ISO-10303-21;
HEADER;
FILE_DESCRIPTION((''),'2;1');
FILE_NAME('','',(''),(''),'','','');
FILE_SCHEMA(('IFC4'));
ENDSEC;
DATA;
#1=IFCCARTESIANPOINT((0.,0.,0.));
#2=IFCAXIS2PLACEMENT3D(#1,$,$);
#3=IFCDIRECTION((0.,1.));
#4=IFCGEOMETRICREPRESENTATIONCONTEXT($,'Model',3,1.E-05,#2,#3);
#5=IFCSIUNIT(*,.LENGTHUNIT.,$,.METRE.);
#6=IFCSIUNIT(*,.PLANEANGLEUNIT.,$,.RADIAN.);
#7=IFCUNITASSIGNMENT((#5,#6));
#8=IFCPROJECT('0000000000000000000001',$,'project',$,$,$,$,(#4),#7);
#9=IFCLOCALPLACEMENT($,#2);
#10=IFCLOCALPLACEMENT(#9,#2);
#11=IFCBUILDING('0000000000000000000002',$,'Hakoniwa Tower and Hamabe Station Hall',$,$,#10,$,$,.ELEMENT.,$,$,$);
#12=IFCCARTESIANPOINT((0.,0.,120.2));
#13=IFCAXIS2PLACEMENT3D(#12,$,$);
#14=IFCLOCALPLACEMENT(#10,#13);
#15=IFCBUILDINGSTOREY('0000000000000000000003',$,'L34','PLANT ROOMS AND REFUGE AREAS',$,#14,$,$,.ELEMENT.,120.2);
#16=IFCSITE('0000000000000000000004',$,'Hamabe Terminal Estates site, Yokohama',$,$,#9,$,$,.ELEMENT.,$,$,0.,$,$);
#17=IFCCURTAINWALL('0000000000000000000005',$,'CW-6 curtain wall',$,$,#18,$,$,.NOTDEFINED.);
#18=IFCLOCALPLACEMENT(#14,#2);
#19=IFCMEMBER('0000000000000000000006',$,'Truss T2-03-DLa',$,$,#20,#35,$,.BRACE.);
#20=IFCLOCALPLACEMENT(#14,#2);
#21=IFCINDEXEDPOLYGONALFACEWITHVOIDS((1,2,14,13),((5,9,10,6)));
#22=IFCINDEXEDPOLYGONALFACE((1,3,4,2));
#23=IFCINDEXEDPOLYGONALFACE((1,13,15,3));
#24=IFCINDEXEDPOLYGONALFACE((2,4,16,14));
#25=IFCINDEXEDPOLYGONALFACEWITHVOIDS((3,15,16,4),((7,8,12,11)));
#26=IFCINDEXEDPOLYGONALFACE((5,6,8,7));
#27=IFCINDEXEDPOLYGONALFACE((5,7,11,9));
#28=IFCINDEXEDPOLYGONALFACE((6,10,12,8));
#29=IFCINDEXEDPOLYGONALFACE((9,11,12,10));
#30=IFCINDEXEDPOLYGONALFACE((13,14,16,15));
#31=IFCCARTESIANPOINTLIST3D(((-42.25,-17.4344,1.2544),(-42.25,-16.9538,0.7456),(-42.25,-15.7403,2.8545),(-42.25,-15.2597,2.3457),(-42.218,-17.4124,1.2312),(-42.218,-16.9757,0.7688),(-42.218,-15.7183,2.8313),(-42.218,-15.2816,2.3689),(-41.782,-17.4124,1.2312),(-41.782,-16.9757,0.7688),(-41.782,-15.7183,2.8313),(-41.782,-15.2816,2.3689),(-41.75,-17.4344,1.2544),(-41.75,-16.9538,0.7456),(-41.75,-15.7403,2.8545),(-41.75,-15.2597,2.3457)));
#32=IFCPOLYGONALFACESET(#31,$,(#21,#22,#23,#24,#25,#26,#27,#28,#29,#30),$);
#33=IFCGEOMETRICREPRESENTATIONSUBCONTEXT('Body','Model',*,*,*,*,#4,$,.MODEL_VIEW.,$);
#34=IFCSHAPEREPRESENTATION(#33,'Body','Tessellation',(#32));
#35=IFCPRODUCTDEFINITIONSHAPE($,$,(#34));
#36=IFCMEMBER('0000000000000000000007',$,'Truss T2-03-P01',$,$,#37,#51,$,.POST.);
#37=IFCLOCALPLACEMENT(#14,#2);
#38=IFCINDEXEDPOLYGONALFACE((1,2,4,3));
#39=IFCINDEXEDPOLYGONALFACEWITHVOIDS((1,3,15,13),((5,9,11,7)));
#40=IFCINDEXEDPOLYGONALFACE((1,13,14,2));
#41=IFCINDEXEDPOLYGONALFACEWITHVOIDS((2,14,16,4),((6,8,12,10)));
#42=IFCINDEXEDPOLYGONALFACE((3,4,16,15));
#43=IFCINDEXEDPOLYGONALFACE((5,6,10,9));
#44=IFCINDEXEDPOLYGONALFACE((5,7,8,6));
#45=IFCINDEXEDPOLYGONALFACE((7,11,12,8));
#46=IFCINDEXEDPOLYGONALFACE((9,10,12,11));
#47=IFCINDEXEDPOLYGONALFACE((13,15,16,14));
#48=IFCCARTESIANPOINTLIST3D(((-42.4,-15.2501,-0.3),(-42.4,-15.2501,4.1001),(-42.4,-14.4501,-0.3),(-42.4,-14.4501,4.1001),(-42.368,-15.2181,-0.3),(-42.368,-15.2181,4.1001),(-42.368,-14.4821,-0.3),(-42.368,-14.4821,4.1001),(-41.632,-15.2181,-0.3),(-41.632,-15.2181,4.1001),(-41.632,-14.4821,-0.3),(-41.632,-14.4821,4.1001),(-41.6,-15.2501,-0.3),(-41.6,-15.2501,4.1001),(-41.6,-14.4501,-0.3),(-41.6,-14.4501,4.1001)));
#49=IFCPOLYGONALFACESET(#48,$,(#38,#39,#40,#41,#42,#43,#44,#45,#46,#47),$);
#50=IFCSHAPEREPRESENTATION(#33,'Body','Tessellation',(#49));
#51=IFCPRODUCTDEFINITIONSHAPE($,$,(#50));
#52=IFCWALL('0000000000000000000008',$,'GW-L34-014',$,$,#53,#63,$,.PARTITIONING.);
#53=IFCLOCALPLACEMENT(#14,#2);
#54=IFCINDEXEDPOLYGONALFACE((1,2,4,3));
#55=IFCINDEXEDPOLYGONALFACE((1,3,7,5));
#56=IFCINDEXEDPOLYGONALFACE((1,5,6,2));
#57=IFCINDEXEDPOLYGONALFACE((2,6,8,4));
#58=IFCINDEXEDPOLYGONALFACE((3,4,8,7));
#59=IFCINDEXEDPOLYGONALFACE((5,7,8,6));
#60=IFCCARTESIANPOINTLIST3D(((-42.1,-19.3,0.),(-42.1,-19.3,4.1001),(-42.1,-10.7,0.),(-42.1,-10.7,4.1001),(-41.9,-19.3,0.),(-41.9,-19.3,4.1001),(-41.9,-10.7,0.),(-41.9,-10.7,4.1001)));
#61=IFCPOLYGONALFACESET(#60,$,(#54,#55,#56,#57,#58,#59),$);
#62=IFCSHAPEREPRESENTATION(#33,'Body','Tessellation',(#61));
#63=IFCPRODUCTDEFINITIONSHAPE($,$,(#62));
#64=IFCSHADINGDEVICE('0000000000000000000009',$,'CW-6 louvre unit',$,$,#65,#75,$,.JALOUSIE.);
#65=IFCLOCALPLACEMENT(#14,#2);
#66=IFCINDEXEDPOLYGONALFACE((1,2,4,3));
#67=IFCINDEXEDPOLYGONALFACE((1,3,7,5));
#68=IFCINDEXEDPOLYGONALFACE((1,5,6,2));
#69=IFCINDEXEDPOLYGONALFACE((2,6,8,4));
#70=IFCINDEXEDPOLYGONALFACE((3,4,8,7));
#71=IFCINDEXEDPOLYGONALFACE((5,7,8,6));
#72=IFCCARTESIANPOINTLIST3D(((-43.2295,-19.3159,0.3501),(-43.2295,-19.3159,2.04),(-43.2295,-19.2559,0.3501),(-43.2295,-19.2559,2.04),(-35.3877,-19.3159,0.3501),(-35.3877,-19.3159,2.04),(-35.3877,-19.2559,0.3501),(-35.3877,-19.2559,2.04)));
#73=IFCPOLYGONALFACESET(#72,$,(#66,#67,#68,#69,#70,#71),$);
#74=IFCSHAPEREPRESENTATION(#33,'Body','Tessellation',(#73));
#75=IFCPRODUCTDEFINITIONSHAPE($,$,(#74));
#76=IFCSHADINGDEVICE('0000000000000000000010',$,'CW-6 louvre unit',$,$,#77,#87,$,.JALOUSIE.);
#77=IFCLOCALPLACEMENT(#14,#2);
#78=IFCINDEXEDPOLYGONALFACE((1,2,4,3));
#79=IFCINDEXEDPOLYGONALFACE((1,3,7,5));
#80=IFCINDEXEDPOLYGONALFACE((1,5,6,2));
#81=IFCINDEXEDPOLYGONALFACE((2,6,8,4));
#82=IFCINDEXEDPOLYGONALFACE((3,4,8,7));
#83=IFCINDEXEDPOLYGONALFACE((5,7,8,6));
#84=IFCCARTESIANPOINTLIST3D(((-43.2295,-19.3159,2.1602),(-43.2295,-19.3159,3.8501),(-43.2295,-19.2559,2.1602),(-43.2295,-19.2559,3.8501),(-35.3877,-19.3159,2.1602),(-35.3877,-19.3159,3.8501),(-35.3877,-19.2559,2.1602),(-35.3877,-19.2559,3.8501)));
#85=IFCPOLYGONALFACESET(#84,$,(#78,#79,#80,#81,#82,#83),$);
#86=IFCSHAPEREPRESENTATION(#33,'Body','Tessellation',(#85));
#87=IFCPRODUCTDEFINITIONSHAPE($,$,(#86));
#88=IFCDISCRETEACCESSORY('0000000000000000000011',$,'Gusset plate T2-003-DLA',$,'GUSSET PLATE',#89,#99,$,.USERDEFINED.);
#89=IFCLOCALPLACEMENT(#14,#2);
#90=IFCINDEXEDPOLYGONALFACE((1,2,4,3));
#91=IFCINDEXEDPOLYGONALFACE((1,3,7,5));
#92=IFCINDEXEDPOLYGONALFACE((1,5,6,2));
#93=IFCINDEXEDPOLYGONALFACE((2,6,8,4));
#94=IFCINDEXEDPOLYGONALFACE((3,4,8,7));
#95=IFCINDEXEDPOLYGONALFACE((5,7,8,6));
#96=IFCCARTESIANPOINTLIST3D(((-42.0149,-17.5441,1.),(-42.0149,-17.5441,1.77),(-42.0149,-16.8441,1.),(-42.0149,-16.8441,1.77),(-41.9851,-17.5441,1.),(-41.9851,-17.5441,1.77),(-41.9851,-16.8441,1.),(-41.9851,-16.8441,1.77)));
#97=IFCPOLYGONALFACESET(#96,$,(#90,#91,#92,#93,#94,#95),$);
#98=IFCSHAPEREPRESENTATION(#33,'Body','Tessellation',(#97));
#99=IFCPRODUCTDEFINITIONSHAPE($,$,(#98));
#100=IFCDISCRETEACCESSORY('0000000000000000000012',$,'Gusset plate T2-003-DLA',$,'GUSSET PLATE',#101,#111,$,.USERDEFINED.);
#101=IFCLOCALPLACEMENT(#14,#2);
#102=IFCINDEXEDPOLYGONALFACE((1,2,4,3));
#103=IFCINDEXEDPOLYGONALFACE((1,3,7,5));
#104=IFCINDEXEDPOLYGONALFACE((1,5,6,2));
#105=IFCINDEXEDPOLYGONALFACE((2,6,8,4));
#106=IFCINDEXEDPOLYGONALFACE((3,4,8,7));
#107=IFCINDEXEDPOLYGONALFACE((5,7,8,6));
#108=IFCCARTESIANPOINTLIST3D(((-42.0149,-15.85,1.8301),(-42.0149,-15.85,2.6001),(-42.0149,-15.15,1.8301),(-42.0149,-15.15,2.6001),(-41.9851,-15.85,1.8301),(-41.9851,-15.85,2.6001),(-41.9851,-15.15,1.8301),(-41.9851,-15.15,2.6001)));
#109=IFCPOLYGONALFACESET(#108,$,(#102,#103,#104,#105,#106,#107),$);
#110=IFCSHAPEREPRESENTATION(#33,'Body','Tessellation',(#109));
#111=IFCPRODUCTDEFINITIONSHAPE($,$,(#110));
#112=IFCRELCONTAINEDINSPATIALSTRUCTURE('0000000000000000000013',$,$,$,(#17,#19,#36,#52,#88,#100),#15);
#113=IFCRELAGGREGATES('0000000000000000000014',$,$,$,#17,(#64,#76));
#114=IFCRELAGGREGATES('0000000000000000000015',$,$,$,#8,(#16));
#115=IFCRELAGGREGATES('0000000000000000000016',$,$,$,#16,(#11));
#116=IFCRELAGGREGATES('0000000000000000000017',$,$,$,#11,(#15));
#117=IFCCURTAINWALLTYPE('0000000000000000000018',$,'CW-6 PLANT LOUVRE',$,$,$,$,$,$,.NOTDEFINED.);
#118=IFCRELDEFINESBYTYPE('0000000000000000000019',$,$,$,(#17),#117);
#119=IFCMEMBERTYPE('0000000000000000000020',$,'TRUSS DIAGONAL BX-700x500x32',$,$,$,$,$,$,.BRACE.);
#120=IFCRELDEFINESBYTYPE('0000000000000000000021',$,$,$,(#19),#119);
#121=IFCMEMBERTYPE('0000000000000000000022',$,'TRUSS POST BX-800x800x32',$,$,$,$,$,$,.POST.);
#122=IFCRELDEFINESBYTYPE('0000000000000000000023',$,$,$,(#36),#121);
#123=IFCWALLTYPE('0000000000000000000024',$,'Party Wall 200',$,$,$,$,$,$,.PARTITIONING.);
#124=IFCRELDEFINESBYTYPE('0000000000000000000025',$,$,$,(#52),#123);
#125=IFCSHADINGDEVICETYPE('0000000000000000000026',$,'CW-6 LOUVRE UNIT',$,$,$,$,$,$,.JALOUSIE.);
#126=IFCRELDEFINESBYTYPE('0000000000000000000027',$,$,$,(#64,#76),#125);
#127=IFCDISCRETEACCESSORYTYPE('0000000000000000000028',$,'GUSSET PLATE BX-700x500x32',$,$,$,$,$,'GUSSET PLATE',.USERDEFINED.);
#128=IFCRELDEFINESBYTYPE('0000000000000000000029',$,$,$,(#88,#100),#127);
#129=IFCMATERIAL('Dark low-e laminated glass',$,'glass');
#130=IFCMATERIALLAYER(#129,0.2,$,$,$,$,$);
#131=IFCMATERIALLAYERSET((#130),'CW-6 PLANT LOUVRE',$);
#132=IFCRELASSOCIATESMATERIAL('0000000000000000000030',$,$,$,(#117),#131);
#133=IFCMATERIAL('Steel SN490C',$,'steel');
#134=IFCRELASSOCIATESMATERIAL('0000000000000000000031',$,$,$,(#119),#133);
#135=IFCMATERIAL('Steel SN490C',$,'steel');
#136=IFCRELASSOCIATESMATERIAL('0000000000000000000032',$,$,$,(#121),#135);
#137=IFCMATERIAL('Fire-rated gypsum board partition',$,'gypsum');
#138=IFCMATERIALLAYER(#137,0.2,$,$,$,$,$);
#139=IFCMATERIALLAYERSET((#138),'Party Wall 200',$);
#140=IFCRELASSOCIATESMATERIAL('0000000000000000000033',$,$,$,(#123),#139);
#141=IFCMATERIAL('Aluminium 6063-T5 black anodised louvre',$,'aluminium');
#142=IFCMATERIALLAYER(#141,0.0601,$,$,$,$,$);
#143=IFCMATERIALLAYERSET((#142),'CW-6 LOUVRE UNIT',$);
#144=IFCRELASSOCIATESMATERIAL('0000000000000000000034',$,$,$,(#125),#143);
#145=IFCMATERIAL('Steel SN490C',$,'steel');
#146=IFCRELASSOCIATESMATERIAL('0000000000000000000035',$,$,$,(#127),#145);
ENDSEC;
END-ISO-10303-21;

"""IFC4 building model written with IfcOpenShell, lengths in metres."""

from ifc_helpers import new_model, si_unit, direction, frame, frame_2d, origin, origin_2d, place, context, subcontext, project, spatial, rectangle, hollow_rectangle, extrude, material, layer, layer_set, material_profile, profile_set, type_object, element, aggregate, save


model = new_model("IFC4")

# Units and contexts
model_context = context("Model", 3, precision=1e-05, world=origin(), true_north=direction((0.0, 1.0)))
body_context = subcontext(model_context, "Body", "Model", "MODEL_VIEW")
ifc_project = project(units=[si_unit("LENGTHUNIT", "METRE"), si_unit("PLANEANGLEUNIT", "RADIAN")], contexts=[model_context])

# Site, building, storey
site_placement = place(None, origin())
site = spatial("IfcSite", under=ifc_project, at=site_placement, Name="Hamabe Terminal Estates site, Yokohama", CompositionType="ELEMENT", RefElevation=0.0)
building_placement = place(site_placement, origin())
building = spatial("IfcBuilding", under=site, at=building_placement, Name="Hakoniwa Tower and Hamabe Station Hall", CompositionType="ELEMENT")
storey_placement = place(building_placement, frame((0.0, 0.0, 120.2)))
storey = spatial("IfcBuildingStorey", under=building, at=storey_placement, Name="L34", Description="PLANT ROOMS AND REFUGE AREAS", CompositionType="ELEMENT", Elevation=120.2)

# Curtain wall
ifc_material_1 = material(Name="Dark low-e laminated glass", Category="glass")
ifc_layer_1 = layer(ifc_material_1, 0.2)
ifc_layer_set_1 = layer_set([ifc_layer_1], Name="CW-6 PLANT LOUVRE")
curtain_wall_type = type_object("IfcCurtainWallType", Name="CW-6 PLANT LOUVRE", PredefinedType="NOTDEFINED", material=ifc_layer_set_1)
curtain_wall_1_placement = place(storey_placement, origin())
curtain_wall_1 = element("IfcCurtainWall", 1, at=curtain_wall_1_placement, inside=storey, type_object=curtain_wall_type, Name="CW-6 curtain wall", PredefinedType="NOTDEFINED")

# Members
ifc_material_2 = material(Name="Steel SN490C", Category="steel")
ifc_material_profile_1 = material_profile(ifc_material_2, hollow_rectangle(XDim=0.5, YDim=0.7, WallThickness=0.032, at=origin_2d()), Name="BX-700x500x32")
ifc_profile_set_1 = profile_set([ifc_material_profile_1], Name="Steel SN490C")
member_type_1 = type_object("IfcMemberType", Name="TRUSS DIAGONAL BX-700x500x32", PredefinedType="BRACE", material=ifc_profile_set_1)
member_1_placement = place(storey_placement, frame((-42.0, -17.1941, 1.0), z_axis=(0.0, 0.726987, 0.686651), x_axis=(-1.0, 0.0, 0.0)))
element("IfcMember", 2, at=member_1_placement, inside=storey, type_object=member_type_1, Name="Truss T2-03-DLa", PredefinedType="BRACE", context=body_context, shape_type="SweptSolid", body=[
    extrude(hollow_rectangle(XDim=0.5, YDim=0.7, WallThickness=0.032, at=origin_2d()), origin(), (0.0, 0.0, 1.0), 2.3303),
])
ifc_material_3 = material(Name="Steel SN490C", Category="steel")
ifc_material_profile_2 = material_profile(ifc_material_3, hollow_rectangle(XDim=0.8, YDim=0.8, WallThickness=0.032, at=origin_2d()), Name="BX-800x800x32")
ifc_profile_set_2 = profile_set([ifc_material_profile_2], Name="Steel SN490C")
member_type_2 = type_object("IfcMemberType", Name="TRUSS POST BX-800x800x32", PredefinedType="POST", material=ifc_profile_set_2)
member_2_placement = place(storey_placement, frame((-42.0, -14.8501, -0.3), z_axis=(0.0, 0.0, 1.0), x_axis=(1.0, 0.0, 0.0)))
element("IfcMember", 3, at=member_2_placement, inside=storey, type_object=member_type_2, Name="Truss T2-03-P01", PredefinedType="POST", context=body_context, shape_type="SweptSolid", body=[
    extrude(hollow_rectangle(XDim=0.8, YDim=0.8, WallThickness=0.032, at=origin_2d()), origin(), (0.0, 0.0, 1.0), 4.4001),
])

# Wall
ifc_material_4 = material(Name="Fire-rated gypsum board partition", Category="gypsum")
ifc_layer_2 = layer(ifc_material_4, 0.2)
ifc_layer_set_2 = layer_set([ifc_layer_2], Name="Party Wall 200")
wall_type = type_object("IfcWallType", Name="Party Wall 200", PredefinedType="PARTITIONING", material=ifc_layer_set_2)
wall_placement = place(storey_placement, frame((-42.0, -19.3, 0.0), z_axis=(0.0, 0.0, 1.0), x_axis=(0.0, 1.0, 0.0)))
element("IfcWall", 4, at=wall_placement, inside=storey, type_object=wall_type, Name="GW-L34-014", PredefinedType="PARTITIONING", context=body_context, shape_type="SweptSolid", body=[
    extrude(rectangle(XDim=8.6001, YDim=0.2, at=frame_2d((4.3, 0.0))), origin(), (0.0, 0.0, 1.0), 4.1001),
])

# Shading devices
ifc_material_5 = material(Name="Aluminium 6063-T5 black anodised louvre", Category="aluminium")
ifc_layer_3 = layer(ifc_material_5, 0.0601)
ifc_layer_set_3 = layer_set([ifc_layer_3], Name="CW-6 LOUVRE UNIT")
shading_device_type = type_object("IfcShadingDeviceType", Name="CW-6 LOUVRE UNIT", PredefinedType="JALOUSIE", material=ifc_layer_set_3)
shading_device_1_placement = place(storey_placement, frame((-39.3086, -19.2859, 0.3501), z_axis=(0.0, 0.0, 1.0), x_axis=(1.0, 0.0, 0.0)))
shading_device_1 = element("IfcShadingDevice", 5, at=shading_device_1_placement, type_object=shading_device_type, Name="CW-6 louvre unit", PredefinedType="JALOUSIE", context=body_context, shape_type="SweptSolid", body=[
    extrude(rectangle(XDim=7.8418, YDim=0.0601, at=origin_2d()), origin(), (0.0, 0.0, 1.0), 1.6899),
])
shading_device_2_placement = place(storey_placement, frame((-39.3086, -19.2859, 2.1602), z_axis=(0.0, 0.0, 1.0), x_axis=(1.0, 0.0, 0.0)))
shading_device_2 = element("IfcShadingDevice", 6, at=shading_device_2_placement, type_object=shading_device_type, Name="CW-6 louvre unit", PredefinedType="JALOUSIE", context=body_context, shape_type="SweptSolid", body=[
    extrude(rectangle(XDim=7.8418, YDim=0.0601, at=origin_2d()), origin(), (0.0, 0.0, 1.0), 1.6899),
])
aggregate(curtain_wall_1, [shading_device_1, shading_device_2])

# Discrete accessories
ifc_material_6 = material(Name="Steel SN490C", Category="steel")
ifc_material_profile_3 = material_profile(ifc_material_6, rectangle(XDim=0.7, YDim=0.77, at=origin_2d()), Name="GUSSET PLATE BX-700x500x32")
ifc_profile_set_3 = profile_set([ifc_material_profile_3], Name="Steel SN490C")
discrete_accessory_type = type_object("IfcDiscreteAccessoryType", Name="GUSSET PLATE BX-700x500x32", ElementType="GUSSET PLATE", PredefinedType="USERDEFINED", material=ifc_profile_set_3)
for number, where, z_axis, x_axis, name in (
    (7, (-41.9851, -17.1941, 1.385), (-1.0, 0.0, 0.0), (0.0, -1.0, 0.0), "Gusset plate T2-003-DLA"),
    (8, (-41.9851, -15.5, 2.2151), (-1.0, 0.0, 0.0), (0.0, -1.0, 0.0), "Gusset plate T2-003-DLA"),
):
    element("IfcDiscreteAccessory", number, at=place(storey_placement, frame(where, z_axis=z_axis, x_axis=x_axis)), inside=storey, type_object=discrete_accessory_type, Name=name, ObjectType="GUSSET PLATE", PredefinedType="USERDEFINED", context=body_context, shape_type="SweptSolid", body=[
        extrude(rectangle(XDim=0.7, YDim=0.77, at=origin_2d()), origin(), (0.0, 0.0, 1.0), 0.0298),
    ])

save(model, "model.ifc")
